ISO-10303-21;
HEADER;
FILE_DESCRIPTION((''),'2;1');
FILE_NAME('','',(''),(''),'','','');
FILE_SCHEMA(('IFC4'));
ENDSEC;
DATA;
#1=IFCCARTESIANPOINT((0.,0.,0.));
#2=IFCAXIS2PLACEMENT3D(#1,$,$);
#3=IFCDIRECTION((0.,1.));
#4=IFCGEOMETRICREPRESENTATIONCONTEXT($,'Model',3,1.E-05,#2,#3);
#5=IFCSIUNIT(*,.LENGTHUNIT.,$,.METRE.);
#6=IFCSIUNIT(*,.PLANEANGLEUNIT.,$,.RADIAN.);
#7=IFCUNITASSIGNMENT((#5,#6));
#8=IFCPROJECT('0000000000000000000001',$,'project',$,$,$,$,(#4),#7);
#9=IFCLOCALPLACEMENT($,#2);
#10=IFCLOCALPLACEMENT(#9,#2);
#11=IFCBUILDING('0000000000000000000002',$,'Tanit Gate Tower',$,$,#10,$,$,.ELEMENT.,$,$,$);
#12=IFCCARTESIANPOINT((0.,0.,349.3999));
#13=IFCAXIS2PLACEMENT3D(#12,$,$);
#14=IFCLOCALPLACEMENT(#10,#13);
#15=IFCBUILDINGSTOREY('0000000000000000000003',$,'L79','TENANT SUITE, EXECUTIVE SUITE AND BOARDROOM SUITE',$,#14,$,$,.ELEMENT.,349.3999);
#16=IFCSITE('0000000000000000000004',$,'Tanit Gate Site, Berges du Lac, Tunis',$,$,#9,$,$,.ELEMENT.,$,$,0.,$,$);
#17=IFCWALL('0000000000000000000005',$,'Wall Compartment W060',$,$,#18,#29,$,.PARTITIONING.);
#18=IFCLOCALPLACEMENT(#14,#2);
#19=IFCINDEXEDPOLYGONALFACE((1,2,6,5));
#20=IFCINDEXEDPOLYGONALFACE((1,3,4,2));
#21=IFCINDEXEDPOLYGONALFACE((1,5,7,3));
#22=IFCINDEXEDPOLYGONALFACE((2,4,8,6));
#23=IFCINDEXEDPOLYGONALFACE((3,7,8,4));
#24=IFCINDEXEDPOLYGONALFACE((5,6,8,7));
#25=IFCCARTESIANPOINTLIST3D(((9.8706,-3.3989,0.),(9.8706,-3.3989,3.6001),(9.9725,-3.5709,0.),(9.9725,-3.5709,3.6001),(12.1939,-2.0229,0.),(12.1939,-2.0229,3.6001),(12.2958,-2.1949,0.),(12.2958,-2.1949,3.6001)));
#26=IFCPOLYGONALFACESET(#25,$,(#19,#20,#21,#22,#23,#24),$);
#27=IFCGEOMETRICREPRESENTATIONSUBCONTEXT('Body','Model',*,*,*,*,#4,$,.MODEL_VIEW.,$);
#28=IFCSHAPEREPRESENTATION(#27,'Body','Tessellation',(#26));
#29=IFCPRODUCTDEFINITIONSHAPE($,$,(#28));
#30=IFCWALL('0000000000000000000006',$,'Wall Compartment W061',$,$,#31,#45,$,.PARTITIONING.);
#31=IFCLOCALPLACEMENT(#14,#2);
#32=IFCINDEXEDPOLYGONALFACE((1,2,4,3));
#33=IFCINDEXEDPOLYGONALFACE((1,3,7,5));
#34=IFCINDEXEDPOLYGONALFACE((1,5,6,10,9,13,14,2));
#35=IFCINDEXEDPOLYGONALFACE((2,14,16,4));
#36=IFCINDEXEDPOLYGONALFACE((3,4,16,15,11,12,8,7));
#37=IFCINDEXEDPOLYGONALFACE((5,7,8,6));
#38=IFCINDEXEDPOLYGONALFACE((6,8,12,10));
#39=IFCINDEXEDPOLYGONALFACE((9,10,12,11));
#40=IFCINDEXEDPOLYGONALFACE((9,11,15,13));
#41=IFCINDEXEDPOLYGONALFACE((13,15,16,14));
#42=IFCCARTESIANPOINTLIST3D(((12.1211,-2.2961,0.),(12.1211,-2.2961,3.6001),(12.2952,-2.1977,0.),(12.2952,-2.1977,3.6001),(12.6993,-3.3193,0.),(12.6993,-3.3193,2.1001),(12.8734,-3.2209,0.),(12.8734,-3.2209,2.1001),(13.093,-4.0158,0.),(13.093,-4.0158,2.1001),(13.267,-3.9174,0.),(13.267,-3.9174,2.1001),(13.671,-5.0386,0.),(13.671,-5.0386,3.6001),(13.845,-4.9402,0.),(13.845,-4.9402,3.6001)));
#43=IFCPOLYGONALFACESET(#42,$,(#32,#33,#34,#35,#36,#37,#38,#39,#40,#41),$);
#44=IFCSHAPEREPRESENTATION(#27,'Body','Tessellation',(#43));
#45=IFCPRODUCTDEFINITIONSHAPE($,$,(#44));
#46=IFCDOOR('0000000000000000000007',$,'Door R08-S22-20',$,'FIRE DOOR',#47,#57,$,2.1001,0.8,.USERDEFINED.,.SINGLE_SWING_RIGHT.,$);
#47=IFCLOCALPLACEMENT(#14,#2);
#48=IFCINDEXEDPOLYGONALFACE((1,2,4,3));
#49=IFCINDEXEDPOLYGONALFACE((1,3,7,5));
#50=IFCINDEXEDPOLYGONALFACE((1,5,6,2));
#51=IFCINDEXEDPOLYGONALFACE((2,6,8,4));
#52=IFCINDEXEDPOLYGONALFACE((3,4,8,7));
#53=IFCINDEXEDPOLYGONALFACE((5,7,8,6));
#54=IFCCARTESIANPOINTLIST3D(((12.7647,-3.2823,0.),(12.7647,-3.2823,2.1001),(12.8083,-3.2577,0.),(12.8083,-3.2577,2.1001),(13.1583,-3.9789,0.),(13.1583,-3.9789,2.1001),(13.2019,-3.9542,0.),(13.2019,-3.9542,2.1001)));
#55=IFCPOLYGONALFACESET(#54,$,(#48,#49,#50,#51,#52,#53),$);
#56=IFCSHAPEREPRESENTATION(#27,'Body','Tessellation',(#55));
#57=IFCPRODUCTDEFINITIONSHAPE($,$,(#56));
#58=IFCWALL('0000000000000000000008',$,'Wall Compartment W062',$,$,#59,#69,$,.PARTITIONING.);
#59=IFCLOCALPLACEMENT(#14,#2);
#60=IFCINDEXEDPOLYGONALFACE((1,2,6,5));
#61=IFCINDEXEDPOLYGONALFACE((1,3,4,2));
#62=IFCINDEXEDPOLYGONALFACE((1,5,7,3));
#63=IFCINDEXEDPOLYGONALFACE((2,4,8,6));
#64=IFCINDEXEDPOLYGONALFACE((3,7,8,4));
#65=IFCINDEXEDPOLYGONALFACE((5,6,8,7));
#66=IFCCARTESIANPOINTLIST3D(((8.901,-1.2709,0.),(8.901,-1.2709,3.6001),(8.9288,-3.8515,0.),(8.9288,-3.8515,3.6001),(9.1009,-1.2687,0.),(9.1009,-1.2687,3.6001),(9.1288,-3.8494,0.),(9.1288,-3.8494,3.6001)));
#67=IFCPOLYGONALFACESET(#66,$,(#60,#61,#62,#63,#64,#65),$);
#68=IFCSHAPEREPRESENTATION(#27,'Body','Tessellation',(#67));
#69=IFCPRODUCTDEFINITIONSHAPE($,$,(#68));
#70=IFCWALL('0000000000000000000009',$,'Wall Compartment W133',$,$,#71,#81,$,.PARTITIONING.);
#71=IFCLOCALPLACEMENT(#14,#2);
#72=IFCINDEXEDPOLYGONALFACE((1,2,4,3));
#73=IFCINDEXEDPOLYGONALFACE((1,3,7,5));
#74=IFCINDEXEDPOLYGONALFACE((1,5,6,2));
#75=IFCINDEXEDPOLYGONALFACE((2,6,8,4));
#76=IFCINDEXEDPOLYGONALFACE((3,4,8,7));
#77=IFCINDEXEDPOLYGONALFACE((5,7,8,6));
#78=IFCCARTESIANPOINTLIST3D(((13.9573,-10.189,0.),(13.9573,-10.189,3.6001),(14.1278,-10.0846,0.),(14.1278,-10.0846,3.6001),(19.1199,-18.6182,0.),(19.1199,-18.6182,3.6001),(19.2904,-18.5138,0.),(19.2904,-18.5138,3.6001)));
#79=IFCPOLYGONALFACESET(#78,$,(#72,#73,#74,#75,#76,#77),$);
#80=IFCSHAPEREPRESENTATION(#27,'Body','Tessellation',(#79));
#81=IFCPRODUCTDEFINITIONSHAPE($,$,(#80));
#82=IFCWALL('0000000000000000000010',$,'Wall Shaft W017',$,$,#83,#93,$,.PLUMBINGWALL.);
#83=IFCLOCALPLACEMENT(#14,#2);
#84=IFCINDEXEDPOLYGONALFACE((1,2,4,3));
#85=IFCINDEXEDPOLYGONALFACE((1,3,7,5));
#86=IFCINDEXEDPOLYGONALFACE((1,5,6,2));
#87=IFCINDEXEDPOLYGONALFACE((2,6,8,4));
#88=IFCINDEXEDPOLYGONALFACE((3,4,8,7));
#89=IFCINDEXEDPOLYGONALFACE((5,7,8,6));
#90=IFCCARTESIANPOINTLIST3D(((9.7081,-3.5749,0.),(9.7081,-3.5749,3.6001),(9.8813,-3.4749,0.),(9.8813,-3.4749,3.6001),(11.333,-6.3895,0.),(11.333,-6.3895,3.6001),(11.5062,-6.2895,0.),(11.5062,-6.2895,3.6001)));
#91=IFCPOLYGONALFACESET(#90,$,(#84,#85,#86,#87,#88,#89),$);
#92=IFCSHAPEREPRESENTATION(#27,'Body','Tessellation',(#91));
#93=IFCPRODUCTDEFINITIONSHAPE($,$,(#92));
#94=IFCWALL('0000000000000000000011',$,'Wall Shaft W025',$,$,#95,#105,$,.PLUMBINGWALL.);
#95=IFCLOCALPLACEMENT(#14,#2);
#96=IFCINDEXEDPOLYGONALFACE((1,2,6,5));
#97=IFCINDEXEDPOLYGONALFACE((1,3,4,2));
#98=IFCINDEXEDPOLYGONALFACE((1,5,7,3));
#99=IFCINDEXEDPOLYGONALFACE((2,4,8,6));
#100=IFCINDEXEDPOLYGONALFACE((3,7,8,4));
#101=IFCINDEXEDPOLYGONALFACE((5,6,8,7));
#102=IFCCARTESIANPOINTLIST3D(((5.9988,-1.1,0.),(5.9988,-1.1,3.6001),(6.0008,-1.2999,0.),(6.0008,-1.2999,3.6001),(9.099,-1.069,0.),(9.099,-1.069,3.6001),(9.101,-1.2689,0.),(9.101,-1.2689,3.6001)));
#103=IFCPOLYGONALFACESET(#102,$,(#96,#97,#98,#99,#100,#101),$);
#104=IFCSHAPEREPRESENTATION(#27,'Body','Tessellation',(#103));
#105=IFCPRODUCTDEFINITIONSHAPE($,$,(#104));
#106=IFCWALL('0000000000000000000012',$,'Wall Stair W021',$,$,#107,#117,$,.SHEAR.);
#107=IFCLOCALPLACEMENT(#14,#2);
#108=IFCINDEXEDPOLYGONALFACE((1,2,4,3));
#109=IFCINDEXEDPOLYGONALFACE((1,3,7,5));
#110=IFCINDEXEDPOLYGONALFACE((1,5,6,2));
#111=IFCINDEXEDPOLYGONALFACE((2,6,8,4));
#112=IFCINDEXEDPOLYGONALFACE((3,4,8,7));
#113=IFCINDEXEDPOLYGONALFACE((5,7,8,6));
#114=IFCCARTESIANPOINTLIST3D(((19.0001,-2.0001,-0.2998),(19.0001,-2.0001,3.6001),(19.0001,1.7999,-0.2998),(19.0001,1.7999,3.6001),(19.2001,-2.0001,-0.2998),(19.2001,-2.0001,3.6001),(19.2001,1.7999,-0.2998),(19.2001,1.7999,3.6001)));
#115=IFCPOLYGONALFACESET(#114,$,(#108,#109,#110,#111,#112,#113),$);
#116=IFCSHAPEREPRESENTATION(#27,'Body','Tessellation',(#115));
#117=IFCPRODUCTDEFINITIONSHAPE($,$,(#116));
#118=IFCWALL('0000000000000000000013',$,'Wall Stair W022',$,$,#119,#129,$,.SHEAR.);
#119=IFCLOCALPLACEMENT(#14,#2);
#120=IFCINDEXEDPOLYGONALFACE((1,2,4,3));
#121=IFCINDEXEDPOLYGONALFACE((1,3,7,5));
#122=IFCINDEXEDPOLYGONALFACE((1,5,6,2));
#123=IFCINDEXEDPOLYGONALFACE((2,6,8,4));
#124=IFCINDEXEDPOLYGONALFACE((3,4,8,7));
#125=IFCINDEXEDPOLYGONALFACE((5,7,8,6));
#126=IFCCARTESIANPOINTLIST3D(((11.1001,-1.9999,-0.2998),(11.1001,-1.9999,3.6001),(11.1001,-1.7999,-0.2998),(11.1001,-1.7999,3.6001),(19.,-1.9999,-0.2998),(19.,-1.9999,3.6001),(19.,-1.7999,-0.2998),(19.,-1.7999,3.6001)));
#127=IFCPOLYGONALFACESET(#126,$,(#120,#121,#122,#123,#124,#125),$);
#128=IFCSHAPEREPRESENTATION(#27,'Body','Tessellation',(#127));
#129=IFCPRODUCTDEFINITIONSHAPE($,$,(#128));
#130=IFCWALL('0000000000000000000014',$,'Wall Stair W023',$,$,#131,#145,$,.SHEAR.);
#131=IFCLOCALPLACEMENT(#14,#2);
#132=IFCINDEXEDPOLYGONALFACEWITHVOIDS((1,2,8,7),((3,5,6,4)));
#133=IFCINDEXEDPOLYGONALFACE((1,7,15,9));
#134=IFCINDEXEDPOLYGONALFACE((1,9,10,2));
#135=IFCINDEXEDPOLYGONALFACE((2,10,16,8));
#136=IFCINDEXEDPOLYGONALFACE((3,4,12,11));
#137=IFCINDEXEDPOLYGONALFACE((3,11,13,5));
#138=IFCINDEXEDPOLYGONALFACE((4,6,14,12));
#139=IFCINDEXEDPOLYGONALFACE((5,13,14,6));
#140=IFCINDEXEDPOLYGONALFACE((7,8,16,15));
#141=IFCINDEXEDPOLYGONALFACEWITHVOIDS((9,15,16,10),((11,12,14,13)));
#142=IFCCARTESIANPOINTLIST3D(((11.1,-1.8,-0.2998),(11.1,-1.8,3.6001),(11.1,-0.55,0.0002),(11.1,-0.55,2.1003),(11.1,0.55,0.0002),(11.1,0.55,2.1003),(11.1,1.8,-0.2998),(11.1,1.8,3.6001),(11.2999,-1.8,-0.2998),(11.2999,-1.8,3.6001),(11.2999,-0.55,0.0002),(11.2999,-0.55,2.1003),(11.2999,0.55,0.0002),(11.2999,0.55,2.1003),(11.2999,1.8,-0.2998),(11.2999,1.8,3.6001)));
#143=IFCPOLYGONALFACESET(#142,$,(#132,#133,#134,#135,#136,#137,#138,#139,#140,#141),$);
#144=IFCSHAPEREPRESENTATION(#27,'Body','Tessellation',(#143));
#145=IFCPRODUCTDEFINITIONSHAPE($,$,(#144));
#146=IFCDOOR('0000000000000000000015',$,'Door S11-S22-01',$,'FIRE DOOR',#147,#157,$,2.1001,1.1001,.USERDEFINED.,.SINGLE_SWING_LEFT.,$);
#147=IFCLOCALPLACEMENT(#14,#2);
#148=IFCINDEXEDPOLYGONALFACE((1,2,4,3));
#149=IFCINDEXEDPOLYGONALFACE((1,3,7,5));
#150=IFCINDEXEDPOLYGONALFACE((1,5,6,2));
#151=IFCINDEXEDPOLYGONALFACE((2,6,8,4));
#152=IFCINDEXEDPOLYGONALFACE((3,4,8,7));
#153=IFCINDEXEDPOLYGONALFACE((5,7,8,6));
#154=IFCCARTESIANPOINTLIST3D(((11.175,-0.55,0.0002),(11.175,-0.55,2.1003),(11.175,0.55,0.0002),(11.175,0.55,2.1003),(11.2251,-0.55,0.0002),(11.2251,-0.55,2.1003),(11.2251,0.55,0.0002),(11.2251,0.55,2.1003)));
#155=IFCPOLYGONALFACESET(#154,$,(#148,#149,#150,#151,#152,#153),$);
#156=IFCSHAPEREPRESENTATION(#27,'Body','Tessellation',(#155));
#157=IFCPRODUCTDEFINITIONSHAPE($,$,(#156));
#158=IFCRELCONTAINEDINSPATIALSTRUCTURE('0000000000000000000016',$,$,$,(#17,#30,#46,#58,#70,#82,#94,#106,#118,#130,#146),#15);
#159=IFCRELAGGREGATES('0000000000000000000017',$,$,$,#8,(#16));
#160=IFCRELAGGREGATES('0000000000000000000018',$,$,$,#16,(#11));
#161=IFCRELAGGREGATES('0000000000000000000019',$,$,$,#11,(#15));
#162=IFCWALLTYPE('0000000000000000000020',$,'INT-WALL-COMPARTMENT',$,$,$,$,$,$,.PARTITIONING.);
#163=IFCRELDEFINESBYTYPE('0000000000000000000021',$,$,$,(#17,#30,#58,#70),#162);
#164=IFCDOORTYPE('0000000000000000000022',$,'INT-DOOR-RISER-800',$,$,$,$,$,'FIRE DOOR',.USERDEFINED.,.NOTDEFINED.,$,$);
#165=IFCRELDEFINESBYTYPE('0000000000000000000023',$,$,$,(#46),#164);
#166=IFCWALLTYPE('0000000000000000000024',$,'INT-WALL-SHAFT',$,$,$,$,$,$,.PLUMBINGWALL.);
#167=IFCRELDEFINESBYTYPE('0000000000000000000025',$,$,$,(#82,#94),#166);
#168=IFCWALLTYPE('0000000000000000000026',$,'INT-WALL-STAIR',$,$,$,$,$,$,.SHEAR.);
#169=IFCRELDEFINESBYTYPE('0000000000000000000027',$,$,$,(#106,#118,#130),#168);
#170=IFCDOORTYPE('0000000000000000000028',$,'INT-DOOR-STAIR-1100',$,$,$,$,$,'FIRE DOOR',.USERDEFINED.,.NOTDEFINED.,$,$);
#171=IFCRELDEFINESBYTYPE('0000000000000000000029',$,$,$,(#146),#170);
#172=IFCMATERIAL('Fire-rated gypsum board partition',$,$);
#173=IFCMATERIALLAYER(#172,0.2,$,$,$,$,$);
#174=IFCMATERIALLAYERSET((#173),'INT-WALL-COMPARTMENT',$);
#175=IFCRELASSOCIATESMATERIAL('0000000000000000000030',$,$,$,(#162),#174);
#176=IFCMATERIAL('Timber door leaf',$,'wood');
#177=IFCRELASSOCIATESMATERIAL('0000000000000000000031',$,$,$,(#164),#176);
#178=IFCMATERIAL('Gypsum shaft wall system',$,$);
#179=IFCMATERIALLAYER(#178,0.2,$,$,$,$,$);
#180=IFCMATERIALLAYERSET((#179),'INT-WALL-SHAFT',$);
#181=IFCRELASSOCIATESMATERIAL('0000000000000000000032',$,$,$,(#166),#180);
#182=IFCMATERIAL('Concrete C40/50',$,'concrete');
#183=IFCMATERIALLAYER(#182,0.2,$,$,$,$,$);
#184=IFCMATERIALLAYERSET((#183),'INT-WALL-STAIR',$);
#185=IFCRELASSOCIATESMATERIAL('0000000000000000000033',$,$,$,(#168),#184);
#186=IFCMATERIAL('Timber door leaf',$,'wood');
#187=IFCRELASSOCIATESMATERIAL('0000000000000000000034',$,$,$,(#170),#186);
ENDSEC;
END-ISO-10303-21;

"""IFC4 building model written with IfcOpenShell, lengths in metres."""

from ifc_helpers import new_model, si_unit, direction, frame, frame_2d, origin, place, context, subcontext, project, spatial, rectangle, extrude, material, layer, layer_set, type_object, element, fill, save


model = new_model("IFC4")

# Units and contexts
model_context = context("Model", 3, precision=1e-05, world=origin(), true_north=direction((0.0, 1.0)))
body_context = subcontext(model_context, "Body", "Model", "MODEL_VIEW")
ifc_project = project(units=[si_unit("LENGTHUNIT", "METRE"), si_unit("PLANEANGLEUNIT", "RADIAN")], contexts=[model_context])

# Site, building, storey
site_placement = place(None, origin())
site = spatial("IfcSite", under=ifc_project, at=site_placement, Name="Tanit Gate Site, Berges du Lac, Tunis", CompositionType="ELEMENT", RefElevation=0.0)
building_placement = place(site_placement, origin())
building = spatial("IfcBuilding", under=site, at=building_placement, Name="Tanit Gate Tower", CompositionType="ELEMENT")
storey_placement = place(building_placement, frame((0.0, 0.0, 349.3999)))
storey = spatial("IfcBuildingStorey", under=building, at=storey_placement, Name="L79", Description="TENANT SUITE, EXECUTIVE SUITE AND BOARDROOM SUITE", CompositionType="ELEMENT", Elevation=349.3999)

# Wall
ifc_material_1 = material(Name="Fire-rated gypsum board partition")
ifc_layer_1 = layer(ifc_material_1, 0.2)
ifc_layer_set_1 = layer_set([ifc_layer_1], Name="INT-WALL-COMPARTMENT")
wall_type_1 = type_object("IfcWallType", Name="INT-WALL-COMPARTMENT", PredefinedType="PARTITIONING", material=ifc_layer_set_1)
wall_1_placement = place(storey_placement, frame((12.2449, -2.1089, 0.0), z_axis=(0.0, 0.0, 1.0), x_axis=(-0.860415, -0.509594, 0.0)))
element("IfcWall", 1, at=wall_1_placement, inside=storey, type_object=wall_type_1, Name="Wall Compartment W060", PredefinedType="PARTITIONING", context=body_context, shape_type="SweptSolid", body=[
    extrude(rectangle(XDim=2.7002, YDim=0.2, at=frame_2d((1.3501, 0.0))), origin(), (0.0, 0.0, 1.0), 3.6001),
])

# Wall, opening, door
wall_2_placement = place(storey_placement, frame((13.7581, -4.9895, 0.0), z_axis=(0.0, 0.0, 1.0), x_axis=(-0.491993, 0.870599, 0.0)))
wall_2 = element("IfcWall", 2, at=wall_2_placement, inside=storey, type_object=wall_type_1, Name="Wall Compartment W061", PredefinedType="PARTITIONING", context=body_context, shape_type="SweptSolid", body=[
    extrude(rectangle(XDim=3.1501, YDim=0.2, at=frame_2d((1.5752, 0.0))), origin(), (0.0, 0.0, 1.0), 3.6001),
])
opening_1_placement = place(wall_2_placement, frame((1.175, 0.0, 0.0)))
opening_1 = element("IfcOpeningElement", 3, at=opening_1_placement, cuts=wall_2, PredefinedType="OPENING", context=body_context, shape_type="SweptSolid", body=[
    extrude(rectangle(XDim=0.8, YDim=2.1001, at=frame_2d((0.3999, 1.05))), frame((0.0, 0.1099, 0.0), z_axis=(0.0, -1.0, 0.0), x_axis=(1.0, 0.0, 0.0)), (0.0, 0.0, 1.0), 0.22),
])
ifc_material_2 = material(Name="Timber door leaf", Category="wood")
door_type_1 = type_object("IfcDoorType", Name="INT-DOOR-RISER-800", ElementType="FIRE DOOR", OperationType="NOTDEFINED", PredefinedType="USERDEFINED", material=ifc_material_2)
door_1_placement = place(opening_1_placement, origin())
door_1 = element("IfcDoor", 4, at=door_1_placement, inside=storey, type_object=door_type_1, Name="Door R08-S22-20", ObjectType="FIRE DOOR", OperationType="SINGLE_SWING_RIGHT", OverallHeight=2.1001, OverallWidth=0.8, PredefinedType="USERDEFINED", context=body_context, shape_type="SweptSolid", body=[
    extrude(rectangle(XDim=0.8, YDim=2.1001, at=frame_2d((0.3999, 1.05))), frame((0.0, 0.0249, 0.0), z_axis=(0.0, -1.0, 0.0), x_axis=(1.0, 0.0, 0.0)), (0.0, 0.0, 1.0), 0.05),
])
fill(opening_1, door_1)

# Walls
wall_3_placement = place(storey_placement, frame((9.0288, -3.8506, 0.0), z_axis=(0.0, 0.0, 1.0), x_axis=(-0.010785, 0.999942, 0.0)))
element("IfcWall", 5, at=wall_3_placement, inside=storey, type_object=wall_type_1, Name="Wall Compartment W062", PredefinedType="PARTITIONING", context=body_context, shape_type="SweptSolid", body=[
    extrude(rectangle(XDim=2.5808, YDim=0.2, at=frame_2d((1.2905, 0.0))), origin(), (0.0, 0.0, 1.0), 3.6001),
])
wall_4_placement = place(storey_placement, frame((14.0425, -10.1367, 0.0), z_axis=(0.0, 0.0, 1.0), x_axis=(0.522291, -0.852767, 0.0)))
element("IfcWall", 6, at=wall_4_placement, inside=storey, type_object=wall_type_1, Name="Wall Compartment W133", PredefinedType="PARTITIONING", context=body_context, shape_type="SweptSolid", body=[
    extrude(rectangle(XDim=9.8845, YDim=0.2, at=frame_2d((4.9424, 0.0))), origin(), (0.0, 0.0, 1.0), 3.6001),
])
ifc_material_3 = material(Name="Gypsum shaft wall system")
ifc_layer_2 = layer(ifc_material_3, 0.2)
ifc_layer_set_2 = layer_set([ifc_layer_2], Name="INT-WALL-SHAFT")
wall_type_2 = type_object("IfcWallType", Name="INT-WALL-SHAFT", PredefinedType="PLUMBINGWALL", material=ifc_layer_set_2)
wall_5_placement = place(storey_placement, frame((9.7947, -3.5249, 0.0), z_axis=(0.0, 0.0, 1.0), x_axis=(0.499985, -0.866034, 0.0)))
element("IfcWall", 7, at=wall_5_placement, inside=storey, type_object=wall_type_2, Name="Wall Shaft W017", PredefinedType="PLUMBINGWALL", context=body_context, shape_type="SweptSolid", body=[
    extrude(rectangle(XDim=3.25, YDim=0.2, at=frame_2d((1.625, 0.0))), origin(), (0.0, 0.0, 1.0), 3.6001),
])
wall_6_placement = place(storey_placement, frame((9.1001, -1.1689, 0.0), z_axis=(0.0, 0.0, 1.0), x_axis=(-0.99995, -0.010001, 0.0)))
element("IfcWall", 8, at=wall_6_placement, inside=storey, type_object=wall_type_2, Name="Wall Shaft W025", PredefinedType="PLUMBINGWALL", context=body_context, shape_type="SweptSolid", body=[
    extrude(rectangle(XDim=3.1003, YDim=0.2, at=frame_2d((1.5503, 0.0))), origin(), (0.0, 0.0, 1.0), 3.6001),
])
ifc_material_4 = material(Name="Concrete C40/50", Category="concrete")
ifc_layer_3 = layer(ifc_material_4, 0.2)
ifc_layer_set_3 = layer_set([ifc_layer_3], Name="INT-WALL-STAIR")
wall_type_3 = type_object("IfcWallType", Name="INT-WALL-STAIR", PredefinedType="SHEAR", material=ifc_layer_set_3)
wall_7_placement = place(storey_placement, frame((19.1001, -2.0, -0.2998), z_axis=(0.0, 0.0, 1.0), x_axis=(0.0, 1.0, 0.0)))
element("IfcWall", 9, at=wall_7_placement, inside=storey, type_object=wall_type_3, Name="Wall Stair W021", PredefinedType="SHEAR", context=body_context, shape_type="SweptSolid", body=[
    extrude(rectangle(XDim=3.8, YDim=0.2, at=frame_2d((1.8999, 0.0))), origin(), (0.0, 0.0, 1.0), 3.8999),
])
wall_8_placement = place(storey_placement, frame((11.1001, -1.8999, -0.2998), z_axis=(0.0, 0.0, 1.0), x_axis=(1.0, 0.0, 0.0)))
element("IfcWall", 10, at=wall_8_placement, inside=storey, type_object=wall_type_3, Name="Wall Stair W022", PredefinedType="SHEAR", context=body_context, shape_type="SweptSolid", body=[
    extrude(rectangle(XDim=7.8999, YDim=0.2, at=frame_2d((3.95, 0.0))), origin(), (0.0, 0.0, 1.0), 3.8999),
])

# Wall, opening, door
wall_9_placement = place(storey_placement, frame((11.2, -1.8, -0.2998), z_axis=(0.0, 0.0, 1.0), x_axis=(0.0, 1.0, 0.0)))
wall_9 = element("IfcWall", 11, at=wall_9_placement, inside=storey, type_object=wall_type_3, Name="Wall Stair W023", PredefinedType="SHEAR", context=body_context, shape_type="SweptSolid", body=[
    extrude(rectangle(XDim=3.6001, YDim=0.2, at=frame_2d((1.8, 0.0))), origin(), (0.0, 0.0, 1.0), 3.8999),
])
opening_2_placement = place(wall_9_placement, frame((1.25, 0.0, 0.3)))
opening_2 = element("IfcOpeningElement", 12, at=opening_2_placement, cuts=wall_9, PredefinedType="OPENING", context=body_context, shape_type="SweptSolid", body=[
    extrude(rectangle(XDim=1.1001, YDim=2.1001, at=frame_2d((0.55, 1.05))), frame((0.0, 0.1099, 0.0), z_axis=(0.0, -1.0, 0.0), x_axis=(1.0, 0.0, 0.0)), (0.0, 0.0, 1.0), 0.22),
])
ifc_material_5 = material(Name="Timber door leaf", Category="wood")
door_type_2 = type_object("IfcDoorType", Name="INT-DOOR-STAIR-1100", ElementType="FIRE DOOR", OperationType="NOTDEFINED", PredefinedType="USERDEFINED", material=ifc_material_5)
door_2_placement = place(opening_2_placement, origin())
door_2 = element("IfcDoor", 13, at=door_2_placement, inside=storey, type_object=door_type_2, Name="Door S11-S22-01", ObjectType="FIRE DOOR", OperationType="SINGLE_SWING_LEFT", OverallHeight=2.1001, OverallWidth=1.1001, PredefinedType="USERDEFINED", context=body_context, shape_type="SweptSolid", body=[
    extrude(rectangle(XDim=1.1001, YDim=2.1001, at=frame_2d((0.55, 1.05))), frame((0.0, 0.0249, 0.0), z_axis=(0.0, -1.0, 0.0), x_axis=(1.0, 0.0, 0.0)), (0.0, 0.0, 1.0), 0.05),
])
fill(opening_2, door_2)

save(model, "model.ifc")
